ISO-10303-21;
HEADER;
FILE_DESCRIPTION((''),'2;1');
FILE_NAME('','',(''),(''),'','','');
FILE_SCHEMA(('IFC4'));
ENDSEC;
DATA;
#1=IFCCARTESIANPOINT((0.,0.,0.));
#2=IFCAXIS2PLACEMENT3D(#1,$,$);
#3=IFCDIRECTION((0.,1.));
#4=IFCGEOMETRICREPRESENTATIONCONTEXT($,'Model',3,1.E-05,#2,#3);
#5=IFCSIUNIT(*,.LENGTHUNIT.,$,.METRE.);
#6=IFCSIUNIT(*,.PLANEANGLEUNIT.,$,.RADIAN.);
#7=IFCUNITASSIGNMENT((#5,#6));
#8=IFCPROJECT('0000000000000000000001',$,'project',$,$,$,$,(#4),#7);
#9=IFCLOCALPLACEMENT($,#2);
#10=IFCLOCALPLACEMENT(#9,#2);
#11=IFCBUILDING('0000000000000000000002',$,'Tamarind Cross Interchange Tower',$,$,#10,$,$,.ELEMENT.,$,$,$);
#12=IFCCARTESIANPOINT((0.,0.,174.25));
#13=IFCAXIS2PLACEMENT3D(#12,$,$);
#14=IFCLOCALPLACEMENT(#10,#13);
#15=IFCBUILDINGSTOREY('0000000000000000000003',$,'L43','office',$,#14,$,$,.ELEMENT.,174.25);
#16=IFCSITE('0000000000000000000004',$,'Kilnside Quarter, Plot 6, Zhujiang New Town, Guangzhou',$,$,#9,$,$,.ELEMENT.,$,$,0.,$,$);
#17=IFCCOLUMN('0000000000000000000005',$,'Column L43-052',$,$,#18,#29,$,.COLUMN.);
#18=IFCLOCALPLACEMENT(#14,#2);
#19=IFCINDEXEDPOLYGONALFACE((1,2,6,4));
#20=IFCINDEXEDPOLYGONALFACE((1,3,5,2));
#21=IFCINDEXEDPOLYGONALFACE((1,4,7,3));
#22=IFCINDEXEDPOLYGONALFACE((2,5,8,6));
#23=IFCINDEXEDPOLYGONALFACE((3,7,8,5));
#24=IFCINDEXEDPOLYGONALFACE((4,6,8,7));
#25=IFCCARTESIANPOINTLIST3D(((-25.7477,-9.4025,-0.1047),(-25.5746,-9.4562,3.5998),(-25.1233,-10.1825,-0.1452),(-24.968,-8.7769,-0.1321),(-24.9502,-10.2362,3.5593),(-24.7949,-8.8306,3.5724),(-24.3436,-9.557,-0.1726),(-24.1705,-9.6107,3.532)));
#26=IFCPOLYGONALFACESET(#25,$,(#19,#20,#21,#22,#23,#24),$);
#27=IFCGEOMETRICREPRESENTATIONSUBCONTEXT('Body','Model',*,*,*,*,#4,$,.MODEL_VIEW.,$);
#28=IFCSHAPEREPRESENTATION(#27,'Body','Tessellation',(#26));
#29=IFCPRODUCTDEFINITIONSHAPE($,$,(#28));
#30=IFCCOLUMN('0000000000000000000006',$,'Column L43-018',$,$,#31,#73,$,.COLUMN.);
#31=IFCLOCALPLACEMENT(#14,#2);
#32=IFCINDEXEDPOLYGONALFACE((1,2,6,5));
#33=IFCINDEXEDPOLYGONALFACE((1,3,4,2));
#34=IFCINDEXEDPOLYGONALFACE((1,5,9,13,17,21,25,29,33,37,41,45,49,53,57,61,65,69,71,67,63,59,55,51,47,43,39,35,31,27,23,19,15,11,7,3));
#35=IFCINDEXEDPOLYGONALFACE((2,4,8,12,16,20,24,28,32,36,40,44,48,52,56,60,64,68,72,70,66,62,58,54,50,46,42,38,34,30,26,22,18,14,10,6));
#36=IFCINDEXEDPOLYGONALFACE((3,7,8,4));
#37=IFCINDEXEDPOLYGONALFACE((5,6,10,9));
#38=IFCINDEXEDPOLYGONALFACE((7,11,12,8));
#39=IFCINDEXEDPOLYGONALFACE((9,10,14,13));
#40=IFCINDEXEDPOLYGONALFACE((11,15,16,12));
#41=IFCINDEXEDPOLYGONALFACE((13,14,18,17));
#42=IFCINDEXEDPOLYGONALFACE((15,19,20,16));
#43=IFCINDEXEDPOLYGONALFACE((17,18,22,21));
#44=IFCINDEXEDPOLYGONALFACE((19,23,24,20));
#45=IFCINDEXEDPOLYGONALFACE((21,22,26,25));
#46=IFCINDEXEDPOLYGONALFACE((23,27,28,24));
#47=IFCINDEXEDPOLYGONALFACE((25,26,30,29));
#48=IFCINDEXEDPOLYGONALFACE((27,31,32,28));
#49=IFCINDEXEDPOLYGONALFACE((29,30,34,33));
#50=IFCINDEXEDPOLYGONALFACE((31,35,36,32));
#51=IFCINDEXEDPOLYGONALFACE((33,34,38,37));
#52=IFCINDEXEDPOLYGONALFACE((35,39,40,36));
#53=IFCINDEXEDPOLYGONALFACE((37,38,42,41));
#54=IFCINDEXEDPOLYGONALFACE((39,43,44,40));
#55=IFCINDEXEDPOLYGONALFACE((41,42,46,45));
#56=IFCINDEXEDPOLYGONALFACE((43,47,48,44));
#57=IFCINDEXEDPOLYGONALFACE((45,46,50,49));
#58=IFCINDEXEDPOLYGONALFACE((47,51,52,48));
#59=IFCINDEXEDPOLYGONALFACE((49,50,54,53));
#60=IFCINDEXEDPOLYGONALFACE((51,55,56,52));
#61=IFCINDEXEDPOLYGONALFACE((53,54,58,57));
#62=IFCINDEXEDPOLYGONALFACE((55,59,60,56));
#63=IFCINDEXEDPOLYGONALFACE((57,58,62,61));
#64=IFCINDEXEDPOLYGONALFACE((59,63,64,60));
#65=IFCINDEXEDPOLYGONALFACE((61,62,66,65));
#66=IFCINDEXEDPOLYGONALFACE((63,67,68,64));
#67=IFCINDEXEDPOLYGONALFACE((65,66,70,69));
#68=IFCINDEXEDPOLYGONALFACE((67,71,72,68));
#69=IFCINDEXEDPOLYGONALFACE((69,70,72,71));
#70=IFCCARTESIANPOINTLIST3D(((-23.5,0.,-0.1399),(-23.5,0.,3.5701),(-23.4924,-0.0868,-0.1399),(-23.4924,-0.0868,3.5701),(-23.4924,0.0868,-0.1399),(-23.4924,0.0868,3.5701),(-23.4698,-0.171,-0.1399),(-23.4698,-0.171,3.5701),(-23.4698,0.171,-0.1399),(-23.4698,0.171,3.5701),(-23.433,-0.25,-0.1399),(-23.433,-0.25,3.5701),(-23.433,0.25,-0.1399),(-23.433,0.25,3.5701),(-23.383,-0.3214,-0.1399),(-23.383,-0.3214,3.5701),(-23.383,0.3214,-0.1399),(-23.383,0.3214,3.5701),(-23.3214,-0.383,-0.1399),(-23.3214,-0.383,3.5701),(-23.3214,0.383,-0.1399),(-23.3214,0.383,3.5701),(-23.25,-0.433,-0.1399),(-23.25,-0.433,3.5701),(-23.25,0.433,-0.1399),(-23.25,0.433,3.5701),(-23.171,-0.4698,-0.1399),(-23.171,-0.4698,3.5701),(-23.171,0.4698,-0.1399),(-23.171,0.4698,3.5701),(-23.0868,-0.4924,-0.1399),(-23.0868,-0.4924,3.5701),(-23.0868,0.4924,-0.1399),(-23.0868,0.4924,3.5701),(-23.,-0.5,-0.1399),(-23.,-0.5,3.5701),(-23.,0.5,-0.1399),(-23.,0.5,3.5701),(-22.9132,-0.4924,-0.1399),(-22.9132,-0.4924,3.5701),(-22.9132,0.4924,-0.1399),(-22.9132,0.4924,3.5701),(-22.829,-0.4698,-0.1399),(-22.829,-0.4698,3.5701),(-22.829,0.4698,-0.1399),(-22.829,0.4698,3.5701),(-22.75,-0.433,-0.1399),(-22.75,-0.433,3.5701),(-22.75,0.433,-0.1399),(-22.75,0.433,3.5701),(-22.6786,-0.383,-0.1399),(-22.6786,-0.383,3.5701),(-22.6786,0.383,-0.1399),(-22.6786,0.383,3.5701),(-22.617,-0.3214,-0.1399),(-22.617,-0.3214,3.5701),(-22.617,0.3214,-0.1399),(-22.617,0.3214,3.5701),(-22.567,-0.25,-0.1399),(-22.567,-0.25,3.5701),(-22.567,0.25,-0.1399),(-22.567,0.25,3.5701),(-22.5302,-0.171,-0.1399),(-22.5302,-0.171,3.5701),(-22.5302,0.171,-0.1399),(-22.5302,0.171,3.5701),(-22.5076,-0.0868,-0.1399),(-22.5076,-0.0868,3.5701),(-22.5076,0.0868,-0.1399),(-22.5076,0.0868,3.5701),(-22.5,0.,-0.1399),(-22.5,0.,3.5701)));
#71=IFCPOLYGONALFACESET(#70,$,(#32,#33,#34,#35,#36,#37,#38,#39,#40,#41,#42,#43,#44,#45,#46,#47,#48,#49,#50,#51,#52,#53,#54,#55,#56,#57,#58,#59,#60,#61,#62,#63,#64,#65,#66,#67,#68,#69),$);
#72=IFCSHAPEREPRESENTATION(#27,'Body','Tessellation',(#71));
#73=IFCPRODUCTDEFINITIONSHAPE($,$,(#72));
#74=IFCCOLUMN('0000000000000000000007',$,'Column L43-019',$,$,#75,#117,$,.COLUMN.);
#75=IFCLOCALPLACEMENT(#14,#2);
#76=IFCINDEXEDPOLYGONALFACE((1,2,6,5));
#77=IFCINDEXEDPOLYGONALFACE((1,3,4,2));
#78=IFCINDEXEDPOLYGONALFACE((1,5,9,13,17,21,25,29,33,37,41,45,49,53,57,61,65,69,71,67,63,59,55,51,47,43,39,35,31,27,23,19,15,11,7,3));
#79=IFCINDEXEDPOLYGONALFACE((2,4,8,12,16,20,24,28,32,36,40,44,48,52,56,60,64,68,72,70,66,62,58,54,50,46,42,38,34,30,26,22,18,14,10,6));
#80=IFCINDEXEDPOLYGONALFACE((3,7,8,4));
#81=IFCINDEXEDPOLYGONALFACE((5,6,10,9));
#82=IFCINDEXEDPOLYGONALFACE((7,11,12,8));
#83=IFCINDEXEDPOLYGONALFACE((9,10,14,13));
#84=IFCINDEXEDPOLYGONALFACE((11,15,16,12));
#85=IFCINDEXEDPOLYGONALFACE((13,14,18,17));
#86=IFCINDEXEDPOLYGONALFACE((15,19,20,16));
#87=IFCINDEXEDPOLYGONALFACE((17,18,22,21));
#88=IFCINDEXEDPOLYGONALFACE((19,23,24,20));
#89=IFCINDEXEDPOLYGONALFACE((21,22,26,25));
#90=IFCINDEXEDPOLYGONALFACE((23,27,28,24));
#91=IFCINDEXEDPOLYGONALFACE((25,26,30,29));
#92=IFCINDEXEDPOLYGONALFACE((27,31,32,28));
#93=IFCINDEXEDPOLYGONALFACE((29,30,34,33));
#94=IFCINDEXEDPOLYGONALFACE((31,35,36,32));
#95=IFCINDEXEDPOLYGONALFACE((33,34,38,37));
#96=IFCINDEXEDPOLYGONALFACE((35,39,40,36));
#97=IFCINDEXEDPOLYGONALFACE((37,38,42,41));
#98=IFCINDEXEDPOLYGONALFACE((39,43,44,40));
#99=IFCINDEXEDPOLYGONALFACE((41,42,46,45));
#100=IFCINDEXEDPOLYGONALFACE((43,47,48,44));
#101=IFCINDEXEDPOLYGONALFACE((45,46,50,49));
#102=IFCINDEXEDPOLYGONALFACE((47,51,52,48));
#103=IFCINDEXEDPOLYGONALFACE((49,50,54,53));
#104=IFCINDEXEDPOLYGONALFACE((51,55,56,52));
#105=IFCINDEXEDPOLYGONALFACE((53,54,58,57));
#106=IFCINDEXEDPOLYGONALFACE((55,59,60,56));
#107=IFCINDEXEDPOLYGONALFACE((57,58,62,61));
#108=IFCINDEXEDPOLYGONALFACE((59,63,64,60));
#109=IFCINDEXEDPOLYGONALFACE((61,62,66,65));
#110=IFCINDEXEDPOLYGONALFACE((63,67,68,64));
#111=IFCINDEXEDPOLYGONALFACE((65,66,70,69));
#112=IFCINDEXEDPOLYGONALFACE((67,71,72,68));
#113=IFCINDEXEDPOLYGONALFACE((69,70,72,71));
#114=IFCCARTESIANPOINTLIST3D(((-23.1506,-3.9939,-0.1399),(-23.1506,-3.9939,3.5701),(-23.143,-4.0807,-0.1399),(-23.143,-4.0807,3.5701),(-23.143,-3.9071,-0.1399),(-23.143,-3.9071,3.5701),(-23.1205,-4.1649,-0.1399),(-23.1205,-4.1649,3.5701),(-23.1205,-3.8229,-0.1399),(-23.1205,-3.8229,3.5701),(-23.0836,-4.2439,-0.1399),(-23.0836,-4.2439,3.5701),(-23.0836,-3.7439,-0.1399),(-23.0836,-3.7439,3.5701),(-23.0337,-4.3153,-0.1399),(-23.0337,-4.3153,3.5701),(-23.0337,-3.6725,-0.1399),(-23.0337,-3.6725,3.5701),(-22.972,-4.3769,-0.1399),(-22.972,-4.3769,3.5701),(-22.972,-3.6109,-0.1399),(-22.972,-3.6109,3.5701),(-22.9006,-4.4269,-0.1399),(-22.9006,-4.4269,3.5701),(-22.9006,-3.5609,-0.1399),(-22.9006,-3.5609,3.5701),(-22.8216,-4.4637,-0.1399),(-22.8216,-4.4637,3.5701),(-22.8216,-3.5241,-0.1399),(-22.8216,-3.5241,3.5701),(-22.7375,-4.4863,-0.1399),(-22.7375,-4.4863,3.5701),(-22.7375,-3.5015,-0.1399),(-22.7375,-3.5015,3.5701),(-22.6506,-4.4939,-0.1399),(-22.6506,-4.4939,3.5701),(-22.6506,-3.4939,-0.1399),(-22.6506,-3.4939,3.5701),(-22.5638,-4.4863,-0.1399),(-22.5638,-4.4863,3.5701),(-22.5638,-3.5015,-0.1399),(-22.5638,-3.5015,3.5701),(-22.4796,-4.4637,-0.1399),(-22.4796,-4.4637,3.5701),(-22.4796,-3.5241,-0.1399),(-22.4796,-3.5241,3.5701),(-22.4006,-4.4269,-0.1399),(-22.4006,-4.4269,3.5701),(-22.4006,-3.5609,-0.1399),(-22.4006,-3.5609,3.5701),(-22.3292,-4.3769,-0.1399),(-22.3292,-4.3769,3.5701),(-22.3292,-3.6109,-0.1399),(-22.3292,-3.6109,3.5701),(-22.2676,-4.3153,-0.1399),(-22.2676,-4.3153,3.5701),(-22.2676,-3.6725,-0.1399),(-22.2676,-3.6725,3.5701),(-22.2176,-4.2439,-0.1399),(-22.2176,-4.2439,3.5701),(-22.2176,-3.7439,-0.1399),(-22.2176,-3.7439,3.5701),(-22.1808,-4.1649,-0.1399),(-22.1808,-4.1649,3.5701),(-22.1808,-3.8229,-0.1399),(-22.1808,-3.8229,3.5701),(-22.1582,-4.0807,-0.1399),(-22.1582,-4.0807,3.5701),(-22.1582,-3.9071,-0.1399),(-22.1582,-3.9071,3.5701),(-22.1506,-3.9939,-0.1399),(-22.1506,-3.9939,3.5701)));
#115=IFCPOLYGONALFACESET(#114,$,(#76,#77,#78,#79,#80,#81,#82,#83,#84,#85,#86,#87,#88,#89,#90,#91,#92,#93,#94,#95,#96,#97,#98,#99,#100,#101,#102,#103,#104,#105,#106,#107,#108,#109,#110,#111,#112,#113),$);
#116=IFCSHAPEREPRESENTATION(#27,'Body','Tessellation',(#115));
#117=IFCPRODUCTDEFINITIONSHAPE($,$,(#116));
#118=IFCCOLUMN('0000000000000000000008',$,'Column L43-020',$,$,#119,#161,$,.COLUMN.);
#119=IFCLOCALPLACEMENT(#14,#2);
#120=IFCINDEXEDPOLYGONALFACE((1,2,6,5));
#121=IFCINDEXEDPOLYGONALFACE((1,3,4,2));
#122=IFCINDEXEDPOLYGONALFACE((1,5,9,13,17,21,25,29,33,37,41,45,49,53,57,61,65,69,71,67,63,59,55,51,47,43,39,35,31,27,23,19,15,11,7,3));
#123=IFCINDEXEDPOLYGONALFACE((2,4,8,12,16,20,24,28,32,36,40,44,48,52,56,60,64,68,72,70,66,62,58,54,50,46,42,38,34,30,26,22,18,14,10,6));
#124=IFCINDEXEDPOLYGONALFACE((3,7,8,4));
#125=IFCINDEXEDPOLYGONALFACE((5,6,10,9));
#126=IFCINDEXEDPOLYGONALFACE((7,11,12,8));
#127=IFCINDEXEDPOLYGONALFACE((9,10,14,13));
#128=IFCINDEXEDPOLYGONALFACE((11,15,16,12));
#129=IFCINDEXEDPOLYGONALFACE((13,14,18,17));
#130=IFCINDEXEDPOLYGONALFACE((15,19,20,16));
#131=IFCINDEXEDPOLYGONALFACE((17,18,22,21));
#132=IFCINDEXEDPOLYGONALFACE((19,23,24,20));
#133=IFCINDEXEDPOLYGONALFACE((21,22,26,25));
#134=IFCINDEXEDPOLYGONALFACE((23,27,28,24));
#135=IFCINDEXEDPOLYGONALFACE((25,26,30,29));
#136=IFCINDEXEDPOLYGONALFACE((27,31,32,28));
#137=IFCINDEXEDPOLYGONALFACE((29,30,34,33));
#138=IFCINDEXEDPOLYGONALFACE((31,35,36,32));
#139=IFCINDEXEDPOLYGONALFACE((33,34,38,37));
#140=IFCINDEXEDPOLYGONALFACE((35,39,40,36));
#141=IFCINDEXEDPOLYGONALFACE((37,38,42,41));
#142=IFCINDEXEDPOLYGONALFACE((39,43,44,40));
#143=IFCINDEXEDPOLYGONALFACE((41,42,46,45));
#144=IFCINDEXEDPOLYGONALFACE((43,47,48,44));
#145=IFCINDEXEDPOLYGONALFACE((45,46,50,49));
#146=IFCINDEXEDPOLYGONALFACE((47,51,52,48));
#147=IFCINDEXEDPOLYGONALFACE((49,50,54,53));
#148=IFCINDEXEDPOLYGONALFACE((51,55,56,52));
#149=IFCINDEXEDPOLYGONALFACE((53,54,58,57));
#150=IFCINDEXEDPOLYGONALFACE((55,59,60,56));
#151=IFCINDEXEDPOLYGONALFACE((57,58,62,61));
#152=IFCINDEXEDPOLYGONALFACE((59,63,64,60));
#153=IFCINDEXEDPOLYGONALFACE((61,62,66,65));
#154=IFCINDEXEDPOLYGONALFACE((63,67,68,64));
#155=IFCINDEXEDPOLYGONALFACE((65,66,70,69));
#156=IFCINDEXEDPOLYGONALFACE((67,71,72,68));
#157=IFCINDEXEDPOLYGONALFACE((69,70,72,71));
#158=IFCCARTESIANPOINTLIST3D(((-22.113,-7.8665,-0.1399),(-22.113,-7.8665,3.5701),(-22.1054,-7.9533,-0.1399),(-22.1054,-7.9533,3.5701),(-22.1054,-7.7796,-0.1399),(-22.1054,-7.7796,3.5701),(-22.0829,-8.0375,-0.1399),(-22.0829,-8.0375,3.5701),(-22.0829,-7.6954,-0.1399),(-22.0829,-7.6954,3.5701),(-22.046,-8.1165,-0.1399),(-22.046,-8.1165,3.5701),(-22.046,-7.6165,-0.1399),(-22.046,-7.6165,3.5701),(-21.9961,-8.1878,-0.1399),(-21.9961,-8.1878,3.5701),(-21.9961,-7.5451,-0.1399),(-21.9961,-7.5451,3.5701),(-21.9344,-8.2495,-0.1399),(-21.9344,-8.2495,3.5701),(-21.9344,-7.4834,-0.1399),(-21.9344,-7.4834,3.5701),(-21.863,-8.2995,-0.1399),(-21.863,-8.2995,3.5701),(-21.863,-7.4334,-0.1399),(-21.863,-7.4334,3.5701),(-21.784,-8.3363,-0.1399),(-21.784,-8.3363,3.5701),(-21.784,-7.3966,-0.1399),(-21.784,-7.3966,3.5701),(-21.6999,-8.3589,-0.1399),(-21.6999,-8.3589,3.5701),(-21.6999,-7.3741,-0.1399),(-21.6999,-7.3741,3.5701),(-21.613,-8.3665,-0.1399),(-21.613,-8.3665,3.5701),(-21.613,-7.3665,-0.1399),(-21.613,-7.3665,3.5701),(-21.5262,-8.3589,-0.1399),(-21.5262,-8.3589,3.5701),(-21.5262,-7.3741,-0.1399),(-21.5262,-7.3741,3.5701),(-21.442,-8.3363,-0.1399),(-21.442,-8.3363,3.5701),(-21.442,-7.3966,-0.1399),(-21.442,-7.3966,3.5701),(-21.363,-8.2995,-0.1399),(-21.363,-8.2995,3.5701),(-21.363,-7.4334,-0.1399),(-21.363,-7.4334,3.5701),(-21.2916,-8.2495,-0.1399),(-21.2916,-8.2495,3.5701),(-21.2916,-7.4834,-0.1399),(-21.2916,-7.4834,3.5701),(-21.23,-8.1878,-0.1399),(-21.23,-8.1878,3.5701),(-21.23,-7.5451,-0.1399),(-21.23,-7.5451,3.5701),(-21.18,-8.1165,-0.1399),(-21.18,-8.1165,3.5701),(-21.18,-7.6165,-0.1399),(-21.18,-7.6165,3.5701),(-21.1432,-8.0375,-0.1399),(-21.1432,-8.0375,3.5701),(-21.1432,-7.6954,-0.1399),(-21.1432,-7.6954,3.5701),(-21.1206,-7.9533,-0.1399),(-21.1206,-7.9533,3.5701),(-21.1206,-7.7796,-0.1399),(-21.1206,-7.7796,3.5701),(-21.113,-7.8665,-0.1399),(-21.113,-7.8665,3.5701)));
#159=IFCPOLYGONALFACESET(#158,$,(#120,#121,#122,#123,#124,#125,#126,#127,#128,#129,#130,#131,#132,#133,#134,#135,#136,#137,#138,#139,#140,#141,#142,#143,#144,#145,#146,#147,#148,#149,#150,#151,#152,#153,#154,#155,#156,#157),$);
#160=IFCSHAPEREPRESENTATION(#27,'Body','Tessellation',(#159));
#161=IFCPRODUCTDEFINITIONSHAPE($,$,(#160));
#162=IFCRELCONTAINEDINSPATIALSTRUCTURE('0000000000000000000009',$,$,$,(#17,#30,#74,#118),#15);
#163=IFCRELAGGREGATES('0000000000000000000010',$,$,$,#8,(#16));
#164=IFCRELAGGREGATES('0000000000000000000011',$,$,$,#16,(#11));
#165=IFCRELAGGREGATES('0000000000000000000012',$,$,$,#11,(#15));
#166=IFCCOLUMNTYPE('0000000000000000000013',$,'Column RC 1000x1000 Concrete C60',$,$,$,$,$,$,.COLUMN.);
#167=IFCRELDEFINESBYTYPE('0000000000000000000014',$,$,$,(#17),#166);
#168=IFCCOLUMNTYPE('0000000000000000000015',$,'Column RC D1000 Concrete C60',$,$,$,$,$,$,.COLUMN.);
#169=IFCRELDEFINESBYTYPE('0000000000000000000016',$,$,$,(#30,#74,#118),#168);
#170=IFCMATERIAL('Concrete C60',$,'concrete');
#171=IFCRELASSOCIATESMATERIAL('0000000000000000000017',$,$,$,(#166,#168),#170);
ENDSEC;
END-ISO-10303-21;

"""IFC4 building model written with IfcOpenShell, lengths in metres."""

from ifc_helpers import new_model, si_unit, direction, frame, origin, origin_2d, place, context, subcontext, project, spatial, rectangle, circle, extrude, material, material_profile, profile_set, type_object, element, save


model = new_model("IFC4")

# Units and contexts
model_context = context("Model", 3, precision=1e-05, world=origin(), true_north=direction((0.0, 1.0)))
body_context = subcontext(model_context, "Body", "Model", "MODEL_VIEW")
ifc_project = project(units=[si_unit("LENGTHUNIT", "METRE"), si_unit("PLANEANGLEUNIT", "RADIAN")], contexts=[model_context])

# Site, building, storey
site_placement = place(None, origin())
site = spatial("IfcSite", under=ifc_project, at=site_placement, Name="Kilnside Quarter, Plot 6, Zhujiang New Town, Guangzhou", CompositionType="ELEMENT", RefElevation=0.0)
building_placement = place(site_placement, origin())
building = spatial("IfcBuilding", under=site, at=building_placement, Name="Tamarind Cross Interchange Tower", CompositionType="ELEMENT")
storey_placement = place(building_placement, frame((0.0, 0.0, 174.25)))
storey = spatial("IfcBuildingStorey", under=building, at=storey_placement, Name="L43", Description="office", CompositionType="ELEMENT", Elevation=174.25)

# Columns
ifc_material_1 = material(Name="Concrete C60", Category="concrete")
ifc_material_profile_1 = material_profile(ifc_material_1, rectangle(XDim=1.0, YDim=1.0, at=origin_2d()), Name="RC 1000x1000")
ifc_profile_set_1 = profile_set([ifc_material_profile_1], Name="Concrete C60")
column_type_1 = type_object("IfcColumnType", Name="Column RC 1000x1000 Concrete C60", PredefinedType="COLUMN", material=ifc_profile_set_1)
column_placement = place(storey_placement, frame((-25.0457, -9.4797, -0.1387), z_axis=(0.046669, -0.014481, 0.998805), x_axis=(-0.624409, 0.780047, 0.040485)))
element("IfcColumn", 1, at=column_placement, inside=storey, type_object=column_type_1, Name="Column L43-052", PredefinedType="COLUMN", context=body_context, shape_type="SweptSolid", body=[
    extrude(rectangle(XDim=1.0, YDim=1.0, at=origin_2d()), origin(), (0.0, 0.0, 1.0), 3.709),
])
ifc_material_profile_2 = material_profile(ifc_material_1, circle(Radius=0.5, at=origin_2d()), Name="RC D1000")
ifc_profile_set_2 = profile_set([ifc_material_profile_2], Name="Concrete C60")
column_type_2 = type_object("IfcColumnType", Name="Column RC D1000 Concrete C60", PredefinedType="COLUMN", material=ifc_profile_set_2)
for number, where, z_axis, x_axis, name in (
    (2, (-23.0, 0.0, -0.1399), (0.0, 0.0, 1.0), (1.0, 0.0, 0.0), "Column L43-018"),
    (3, (-22.6506, -3.9939, -0.1399), (0.0, 0.0, 1.0), (1.0, 0.0, 0.0), "Column L43-019"),
    (4, (-21.613, -7.8665, -0.1399), (0.0, 0.0, 1.0), (1.0, 0.0, 0.0), "Column L43-020"),
):
    element("IfcColumn", number, at=place(storey_placement, frame(where, z_axis=z_axis, x_axis=x_axis)), inside=storey, type_object=column_type_2, Name=name, PredefinedType="COLUMN", context=body_context, shape_type="SweptSolid", body=[
        extrude(circle(Radius=0.5, at=origin_2d()), origin(), (0.0, 0.0, 1.0), 3.71),
    ])

save(model, "model.ifc")
